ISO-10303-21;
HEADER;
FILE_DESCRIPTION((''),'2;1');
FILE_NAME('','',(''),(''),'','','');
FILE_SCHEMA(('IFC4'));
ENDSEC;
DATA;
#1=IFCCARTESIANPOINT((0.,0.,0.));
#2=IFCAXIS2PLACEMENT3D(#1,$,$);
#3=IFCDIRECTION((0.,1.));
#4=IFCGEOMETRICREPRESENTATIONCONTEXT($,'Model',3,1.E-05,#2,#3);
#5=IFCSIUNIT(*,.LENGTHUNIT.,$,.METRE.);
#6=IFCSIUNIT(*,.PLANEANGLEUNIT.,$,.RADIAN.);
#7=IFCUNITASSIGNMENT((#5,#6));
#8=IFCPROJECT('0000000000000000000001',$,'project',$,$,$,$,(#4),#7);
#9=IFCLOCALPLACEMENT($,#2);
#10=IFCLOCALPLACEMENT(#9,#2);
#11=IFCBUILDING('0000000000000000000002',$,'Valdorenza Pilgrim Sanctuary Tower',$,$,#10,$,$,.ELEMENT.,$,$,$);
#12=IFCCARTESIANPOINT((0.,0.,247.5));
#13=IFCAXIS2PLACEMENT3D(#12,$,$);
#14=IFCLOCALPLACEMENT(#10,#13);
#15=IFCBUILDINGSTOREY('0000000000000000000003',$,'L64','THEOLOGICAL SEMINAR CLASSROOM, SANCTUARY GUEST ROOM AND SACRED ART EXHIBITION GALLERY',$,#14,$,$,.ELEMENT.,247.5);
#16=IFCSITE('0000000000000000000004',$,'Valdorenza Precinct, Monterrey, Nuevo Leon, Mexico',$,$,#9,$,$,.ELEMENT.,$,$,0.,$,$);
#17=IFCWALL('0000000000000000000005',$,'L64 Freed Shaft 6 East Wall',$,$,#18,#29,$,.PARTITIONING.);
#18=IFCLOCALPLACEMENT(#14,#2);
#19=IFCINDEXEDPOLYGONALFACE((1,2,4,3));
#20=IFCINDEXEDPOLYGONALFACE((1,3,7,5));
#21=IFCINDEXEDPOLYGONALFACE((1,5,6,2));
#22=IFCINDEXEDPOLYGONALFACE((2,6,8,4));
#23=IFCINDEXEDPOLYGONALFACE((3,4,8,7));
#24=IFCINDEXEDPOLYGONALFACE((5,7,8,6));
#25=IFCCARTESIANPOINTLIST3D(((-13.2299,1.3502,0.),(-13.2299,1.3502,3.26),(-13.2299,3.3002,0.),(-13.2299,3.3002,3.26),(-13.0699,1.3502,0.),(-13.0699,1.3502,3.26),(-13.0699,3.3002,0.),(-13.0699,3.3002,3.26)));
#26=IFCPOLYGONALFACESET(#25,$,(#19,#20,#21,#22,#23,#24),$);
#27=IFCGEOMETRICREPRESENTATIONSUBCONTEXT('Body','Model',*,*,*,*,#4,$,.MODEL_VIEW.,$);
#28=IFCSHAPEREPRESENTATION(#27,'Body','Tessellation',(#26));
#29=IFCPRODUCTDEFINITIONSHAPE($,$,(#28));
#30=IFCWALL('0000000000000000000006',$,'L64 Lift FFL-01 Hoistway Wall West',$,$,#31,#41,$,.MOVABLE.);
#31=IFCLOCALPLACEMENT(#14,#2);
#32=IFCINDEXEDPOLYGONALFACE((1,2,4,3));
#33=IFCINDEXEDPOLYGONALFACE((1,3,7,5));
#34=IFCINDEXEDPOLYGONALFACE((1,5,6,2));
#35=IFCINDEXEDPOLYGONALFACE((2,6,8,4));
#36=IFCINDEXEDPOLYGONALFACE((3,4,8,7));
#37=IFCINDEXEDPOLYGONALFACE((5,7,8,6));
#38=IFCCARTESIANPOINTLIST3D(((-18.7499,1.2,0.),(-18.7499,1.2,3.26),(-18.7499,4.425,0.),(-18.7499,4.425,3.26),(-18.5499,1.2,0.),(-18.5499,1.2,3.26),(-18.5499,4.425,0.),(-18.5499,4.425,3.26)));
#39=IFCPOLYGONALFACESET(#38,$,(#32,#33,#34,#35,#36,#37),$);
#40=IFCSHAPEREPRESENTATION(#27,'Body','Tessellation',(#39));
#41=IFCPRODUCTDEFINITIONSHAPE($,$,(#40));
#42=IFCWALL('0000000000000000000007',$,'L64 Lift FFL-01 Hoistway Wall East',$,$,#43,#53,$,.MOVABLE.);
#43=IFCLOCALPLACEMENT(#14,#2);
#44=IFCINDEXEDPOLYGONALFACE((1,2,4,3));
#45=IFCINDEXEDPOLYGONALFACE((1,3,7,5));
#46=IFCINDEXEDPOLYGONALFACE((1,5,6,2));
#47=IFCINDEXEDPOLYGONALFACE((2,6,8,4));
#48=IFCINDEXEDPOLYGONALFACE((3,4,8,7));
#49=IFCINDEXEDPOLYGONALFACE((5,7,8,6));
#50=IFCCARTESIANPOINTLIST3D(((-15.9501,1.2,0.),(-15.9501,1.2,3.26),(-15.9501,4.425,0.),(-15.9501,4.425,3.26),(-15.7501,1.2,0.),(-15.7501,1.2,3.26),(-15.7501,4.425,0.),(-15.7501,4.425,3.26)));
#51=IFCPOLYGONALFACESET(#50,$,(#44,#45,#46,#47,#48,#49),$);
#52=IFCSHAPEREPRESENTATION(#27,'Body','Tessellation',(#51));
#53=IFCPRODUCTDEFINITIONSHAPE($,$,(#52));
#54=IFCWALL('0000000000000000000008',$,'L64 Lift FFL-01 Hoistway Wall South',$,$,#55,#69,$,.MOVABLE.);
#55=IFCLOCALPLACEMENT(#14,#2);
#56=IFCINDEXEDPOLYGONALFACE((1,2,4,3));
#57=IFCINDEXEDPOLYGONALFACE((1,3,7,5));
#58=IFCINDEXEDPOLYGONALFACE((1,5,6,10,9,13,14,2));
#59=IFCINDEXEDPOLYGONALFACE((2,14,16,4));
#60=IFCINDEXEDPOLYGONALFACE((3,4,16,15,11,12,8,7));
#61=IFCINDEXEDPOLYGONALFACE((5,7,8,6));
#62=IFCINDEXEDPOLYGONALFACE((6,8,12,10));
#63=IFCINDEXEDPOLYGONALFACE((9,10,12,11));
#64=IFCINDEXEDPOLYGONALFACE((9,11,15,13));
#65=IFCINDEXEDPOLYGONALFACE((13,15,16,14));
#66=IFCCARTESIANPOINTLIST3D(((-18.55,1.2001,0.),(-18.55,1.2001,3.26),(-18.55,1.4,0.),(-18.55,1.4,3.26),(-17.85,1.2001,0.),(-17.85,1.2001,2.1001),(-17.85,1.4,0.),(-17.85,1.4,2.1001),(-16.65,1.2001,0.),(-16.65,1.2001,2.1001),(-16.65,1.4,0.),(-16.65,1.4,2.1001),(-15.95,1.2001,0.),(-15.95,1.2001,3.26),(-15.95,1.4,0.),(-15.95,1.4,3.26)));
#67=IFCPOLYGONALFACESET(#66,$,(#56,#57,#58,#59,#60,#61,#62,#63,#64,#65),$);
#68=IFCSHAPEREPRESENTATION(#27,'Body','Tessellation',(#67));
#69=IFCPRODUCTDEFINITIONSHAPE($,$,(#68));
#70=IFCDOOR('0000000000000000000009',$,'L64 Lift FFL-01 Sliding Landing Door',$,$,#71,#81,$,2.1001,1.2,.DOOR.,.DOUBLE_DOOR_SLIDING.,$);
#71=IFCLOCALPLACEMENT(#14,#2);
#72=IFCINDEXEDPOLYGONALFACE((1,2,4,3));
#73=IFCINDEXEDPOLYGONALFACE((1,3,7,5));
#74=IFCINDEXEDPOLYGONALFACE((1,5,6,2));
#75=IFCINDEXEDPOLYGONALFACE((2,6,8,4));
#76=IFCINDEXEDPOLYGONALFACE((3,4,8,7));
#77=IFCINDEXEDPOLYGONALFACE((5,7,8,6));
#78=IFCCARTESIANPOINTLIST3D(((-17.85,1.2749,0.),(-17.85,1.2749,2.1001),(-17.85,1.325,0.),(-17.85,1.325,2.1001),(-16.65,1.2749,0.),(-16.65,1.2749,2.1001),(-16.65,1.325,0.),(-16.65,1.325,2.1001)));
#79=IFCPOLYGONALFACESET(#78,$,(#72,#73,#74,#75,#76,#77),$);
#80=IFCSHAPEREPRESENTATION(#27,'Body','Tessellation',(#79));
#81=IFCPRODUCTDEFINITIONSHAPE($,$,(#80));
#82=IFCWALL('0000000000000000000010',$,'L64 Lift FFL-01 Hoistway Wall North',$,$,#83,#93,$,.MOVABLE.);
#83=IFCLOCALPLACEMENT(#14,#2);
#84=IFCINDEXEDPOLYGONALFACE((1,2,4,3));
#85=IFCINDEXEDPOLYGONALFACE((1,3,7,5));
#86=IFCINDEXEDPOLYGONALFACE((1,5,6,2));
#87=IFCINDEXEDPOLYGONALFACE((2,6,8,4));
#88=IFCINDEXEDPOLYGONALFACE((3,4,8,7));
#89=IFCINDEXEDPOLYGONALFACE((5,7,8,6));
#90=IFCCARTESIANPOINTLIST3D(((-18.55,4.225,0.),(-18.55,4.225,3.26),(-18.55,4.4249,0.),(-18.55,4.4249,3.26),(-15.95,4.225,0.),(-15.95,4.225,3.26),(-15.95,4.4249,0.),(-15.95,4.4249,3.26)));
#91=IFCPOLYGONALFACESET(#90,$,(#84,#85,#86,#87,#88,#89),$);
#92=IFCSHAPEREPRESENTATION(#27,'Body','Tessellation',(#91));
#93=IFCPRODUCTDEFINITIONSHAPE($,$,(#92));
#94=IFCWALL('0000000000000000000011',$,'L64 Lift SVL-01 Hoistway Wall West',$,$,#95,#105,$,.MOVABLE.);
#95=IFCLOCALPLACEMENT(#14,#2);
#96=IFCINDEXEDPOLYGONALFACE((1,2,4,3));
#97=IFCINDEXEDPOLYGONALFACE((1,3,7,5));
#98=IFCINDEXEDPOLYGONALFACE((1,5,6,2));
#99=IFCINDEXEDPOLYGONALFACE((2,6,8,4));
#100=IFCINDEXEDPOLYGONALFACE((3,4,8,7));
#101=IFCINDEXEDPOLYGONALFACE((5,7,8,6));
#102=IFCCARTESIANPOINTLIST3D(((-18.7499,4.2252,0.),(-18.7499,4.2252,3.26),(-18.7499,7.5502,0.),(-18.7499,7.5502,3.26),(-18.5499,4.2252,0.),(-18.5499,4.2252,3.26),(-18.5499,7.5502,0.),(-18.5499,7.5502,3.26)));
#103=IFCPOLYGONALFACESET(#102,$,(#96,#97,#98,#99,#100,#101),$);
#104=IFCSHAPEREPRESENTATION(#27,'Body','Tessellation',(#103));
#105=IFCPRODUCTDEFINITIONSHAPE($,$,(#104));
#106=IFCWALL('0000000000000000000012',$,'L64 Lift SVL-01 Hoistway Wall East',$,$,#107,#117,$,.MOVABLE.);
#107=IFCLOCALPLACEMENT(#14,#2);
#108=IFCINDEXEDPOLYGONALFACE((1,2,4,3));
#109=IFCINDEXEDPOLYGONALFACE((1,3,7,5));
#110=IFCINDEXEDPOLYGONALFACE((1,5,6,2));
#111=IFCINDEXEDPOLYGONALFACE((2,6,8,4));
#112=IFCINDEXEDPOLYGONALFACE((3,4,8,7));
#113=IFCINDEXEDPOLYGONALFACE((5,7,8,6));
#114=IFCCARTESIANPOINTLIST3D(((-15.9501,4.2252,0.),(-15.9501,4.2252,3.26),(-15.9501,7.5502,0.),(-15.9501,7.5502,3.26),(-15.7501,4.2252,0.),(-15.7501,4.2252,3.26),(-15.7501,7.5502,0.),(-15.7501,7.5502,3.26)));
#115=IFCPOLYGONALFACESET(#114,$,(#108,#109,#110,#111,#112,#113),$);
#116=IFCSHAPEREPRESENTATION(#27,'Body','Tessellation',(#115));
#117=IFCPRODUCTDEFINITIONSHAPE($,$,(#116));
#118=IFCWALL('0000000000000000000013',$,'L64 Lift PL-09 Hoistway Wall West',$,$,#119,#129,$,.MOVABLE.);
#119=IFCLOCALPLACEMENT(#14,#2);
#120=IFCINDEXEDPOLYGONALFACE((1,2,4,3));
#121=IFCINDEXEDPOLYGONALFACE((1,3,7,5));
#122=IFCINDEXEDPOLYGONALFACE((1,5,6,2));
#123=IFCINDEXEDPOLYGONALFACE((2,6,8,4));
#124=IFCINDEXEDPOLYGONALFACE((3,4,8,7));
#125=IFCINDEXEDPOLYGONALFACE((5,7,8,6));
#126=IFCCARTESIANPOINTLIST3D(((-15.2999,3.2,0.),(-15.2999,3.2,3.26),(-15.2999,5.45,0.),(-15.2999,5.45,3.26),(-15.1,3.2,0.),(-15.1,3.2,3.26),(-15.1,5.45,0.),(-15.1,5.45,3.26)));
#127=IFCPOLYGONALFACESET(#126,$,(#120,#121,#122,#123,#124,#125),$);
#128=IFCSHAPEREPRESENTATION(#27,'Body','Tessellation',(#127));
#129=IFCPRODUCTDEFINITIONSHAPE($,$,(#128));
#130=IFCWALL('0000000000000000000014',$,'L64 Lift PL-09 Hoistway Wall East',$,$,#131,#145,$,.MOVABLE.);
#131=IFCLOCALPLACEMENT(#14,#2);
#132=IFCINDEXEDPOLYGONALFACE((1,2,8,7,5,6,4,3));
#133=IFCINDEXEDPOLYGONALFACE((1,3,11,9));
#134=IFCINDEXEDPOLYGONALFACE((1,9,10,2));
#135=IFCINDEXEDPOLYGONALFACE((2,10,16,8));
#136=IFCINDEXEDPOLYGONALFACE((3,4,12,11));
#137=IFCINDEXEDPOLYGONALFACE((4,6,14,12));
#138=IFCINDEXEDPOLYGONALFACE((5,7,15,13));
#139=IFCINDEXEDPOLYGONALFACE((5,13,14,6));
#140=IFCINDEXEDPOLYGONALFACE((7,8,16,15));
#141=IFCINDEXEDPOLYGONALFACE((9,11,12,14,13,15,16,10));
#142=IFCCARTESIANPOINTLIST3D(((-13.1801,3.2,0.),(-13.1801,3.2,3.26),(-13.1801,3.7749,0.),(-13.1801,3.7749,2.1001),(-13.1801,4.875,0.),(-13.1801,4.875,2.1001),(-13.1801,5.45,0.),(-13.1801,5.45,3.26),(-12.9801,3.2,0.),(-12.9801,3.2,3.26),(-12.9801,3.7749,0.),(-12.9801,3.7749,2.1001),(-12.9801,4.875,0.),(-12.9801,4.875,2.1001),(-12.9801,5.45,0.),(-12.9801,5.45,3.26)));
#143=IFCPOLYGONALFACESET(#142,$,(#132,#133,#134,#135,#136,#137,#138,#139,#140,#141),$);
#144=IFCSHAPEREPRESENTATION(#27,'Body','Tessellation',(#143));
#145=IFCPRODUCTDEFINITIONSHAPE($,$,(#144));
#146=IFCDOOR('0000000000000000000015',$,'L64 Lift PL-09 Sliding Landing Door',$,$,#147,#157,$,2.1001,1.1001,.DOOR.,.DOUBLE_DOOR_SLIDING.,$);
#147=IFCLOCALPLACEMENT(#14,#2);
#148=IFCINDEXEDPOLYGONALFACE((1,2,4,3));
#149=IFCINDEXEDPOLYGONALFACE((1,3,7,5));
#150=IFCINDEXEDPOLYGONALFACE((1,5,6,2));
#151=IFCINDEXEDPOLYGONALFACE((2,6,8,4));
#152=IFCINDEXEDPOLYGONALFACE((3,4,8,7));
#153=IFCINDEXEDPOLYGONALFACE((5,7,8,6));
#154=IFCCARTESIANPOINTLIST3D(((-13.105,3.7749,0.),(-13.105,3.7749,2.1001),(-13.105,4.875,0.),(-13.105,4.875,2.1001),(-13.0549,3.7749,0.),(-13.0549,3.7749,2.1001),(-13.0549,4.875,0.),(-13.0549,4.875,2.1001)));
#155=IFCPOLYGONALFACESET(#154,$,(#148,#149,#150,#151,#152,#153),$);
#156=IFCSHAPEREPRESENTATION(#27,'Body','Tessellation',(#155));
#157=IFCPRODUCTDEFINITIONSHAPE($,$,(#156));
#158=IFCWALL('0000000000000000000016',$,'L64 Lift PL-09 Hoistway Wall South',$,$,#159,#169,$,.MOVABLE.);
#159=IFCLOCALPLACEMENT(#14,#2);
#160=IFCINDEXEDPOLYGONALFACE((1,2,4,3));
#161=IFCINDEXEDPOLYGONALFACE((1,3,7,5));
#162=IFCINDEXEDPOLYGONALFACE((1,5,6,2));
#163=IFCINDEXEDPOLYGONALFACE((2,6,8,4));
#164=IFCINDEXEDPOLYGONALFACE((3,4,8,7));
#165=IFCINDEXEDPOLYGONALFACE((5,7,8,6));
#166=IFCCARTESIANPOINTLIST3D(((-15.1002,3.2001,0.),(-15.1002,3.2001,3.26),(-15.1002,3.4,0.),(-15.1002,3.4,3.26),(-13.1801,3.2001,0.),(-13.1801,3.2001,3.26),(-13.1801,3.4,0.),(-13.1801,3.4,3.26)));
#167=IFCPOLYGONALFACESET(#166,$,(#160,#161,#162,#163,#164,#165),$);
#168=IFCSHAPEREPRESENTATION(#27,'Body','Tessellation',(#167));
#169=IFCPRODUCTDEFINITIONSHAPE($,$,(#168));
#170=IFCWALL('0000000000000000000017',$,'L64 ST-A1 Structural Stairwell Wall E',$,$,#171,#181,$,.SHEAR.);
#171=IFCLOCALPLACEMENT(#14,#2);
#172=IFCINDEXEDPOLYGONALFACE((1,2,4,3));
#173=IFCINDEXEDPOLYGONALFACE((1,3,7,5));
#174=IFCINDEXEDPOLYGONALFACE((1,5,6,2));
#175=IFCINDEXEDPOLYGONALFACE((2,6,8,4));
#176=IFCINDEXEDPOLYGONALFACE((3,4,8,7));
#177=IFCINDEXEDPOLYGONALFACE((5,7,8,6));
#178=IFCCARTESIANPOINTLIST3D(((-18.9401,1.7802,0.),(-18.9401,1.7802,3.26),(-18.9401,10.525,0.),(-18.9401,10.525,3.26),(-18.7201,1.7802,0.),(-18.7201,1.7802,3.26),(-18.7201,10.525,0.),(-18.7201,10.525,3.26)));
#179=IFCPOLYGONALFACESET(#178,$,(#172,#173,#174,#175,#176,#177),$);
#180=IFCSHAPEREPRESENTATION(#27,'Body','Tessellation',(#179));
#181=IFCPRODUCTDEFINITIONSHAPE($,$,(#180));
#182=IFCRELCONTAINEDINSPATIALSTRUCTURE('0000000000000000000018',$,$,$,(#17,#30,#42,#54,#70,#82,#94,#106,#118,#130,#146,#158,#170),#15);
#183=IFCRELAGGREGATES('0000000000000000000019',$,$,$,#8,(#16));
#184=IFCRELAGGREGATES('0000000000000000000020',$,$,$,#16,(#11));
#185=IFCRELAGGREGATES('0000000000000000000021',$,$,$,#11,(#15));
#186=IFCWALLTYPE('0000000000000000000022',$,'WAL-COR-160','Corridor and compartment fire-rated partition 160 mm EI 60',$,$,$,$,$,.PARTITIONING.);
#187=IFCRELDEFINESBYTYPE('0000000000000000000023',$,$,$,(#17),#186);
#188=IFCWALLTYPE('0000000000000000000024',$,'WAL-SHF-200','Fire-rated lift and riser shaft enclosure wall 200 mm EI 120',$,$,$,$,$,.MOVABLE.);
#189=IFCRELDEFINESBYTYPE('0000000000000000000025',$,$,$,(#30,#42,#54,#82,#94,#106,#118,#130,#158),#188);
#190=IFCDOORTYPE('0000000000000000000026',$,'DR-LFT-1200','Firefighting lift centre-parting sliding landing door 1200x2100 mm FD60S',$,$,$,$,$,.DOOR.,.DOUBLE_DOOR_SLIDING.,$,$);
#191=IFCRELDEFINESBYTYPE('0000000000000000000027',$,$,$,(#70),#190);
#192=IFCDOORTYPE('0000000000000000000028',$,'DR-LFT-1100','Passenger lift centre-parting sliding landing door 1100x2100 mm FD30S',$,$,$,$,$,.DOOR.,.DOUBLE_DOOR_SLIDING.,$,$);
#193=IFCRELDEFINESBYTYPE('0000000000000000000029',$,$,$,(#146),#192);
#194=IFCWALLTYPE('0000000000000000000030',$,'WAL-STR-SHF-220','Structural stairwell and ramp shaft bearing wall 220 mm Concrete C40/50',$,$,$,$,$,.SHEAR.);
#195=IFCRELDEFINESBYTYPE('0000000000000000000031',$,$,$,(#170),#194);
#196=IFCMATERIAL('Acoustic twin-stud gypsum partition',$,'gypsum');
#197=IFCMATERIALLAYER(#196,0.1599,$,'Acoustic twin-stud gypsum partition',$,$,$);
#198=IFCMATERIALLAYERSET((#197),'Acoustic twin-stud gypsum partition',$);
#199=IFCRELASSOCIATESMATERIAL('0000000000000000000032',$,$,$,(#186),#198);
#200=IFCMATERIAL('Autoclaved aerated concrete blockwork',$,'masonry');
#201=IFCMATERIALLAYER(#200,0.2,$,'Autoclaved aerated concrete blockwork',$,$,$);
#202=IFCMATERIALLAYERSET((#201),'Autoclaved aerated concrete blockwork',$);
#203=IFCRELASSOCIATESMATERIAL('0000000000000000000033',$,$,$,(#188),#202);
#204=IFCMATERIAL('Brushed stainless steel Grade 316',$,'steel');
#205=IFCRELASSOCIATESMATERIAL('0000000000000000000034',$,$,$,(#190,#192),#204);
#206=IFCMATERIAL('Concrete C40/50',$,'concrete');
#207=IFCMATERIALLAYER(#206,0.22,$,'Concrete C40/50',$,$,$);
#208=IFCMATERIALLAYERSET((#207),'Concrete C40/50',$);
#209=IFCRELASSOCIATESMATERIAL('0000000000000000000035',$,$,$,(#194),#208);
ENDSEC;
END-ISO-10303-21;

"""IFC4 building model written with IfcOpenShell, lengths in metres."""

from ifc_helpers import new_model, si_unit, direction, frame, frame_2d, origin, place, context, subcontext, project, spatial, rectangle, extrude, material, layer, layer_set, type_object, element, fill, save


model = new_model("IFC4")

# Units and contexts
model_context = context("Model", 3, precision=1e-05, world=origin(), true_north=direction((0.0, 1.0)))
body_context = subcontext(model_context, "Body", "Model", "MODEL_VIEW")
ifc_project = project(units=[si_unit("LENGTHUNIT", "METRE"), si_unit("PLANEANGLEUNIT", "RADIAN")], contexts=[model_context])

# Site, building, storey
site_placement = place(None, origin())
site = spatial("IfcSite", under=ifc_project, at=site_placement, Name="Valdorenza Precinct, Monterrey, Nuevo Leon, Mexico", CompositionType="ELEMENT", RefElevation=0.0)
building_placement = place(site_placement, origin())
building = spatial("IfcBuilding", under=site, at=building_placement, Name="Valdorenza Pilgrim Sanctuary Tower", CompositionType="ELEMENT")
storey_placement = place(building_placement, frame((0.0, 0.0, 247.5)))
storey = spatial("IfcBuildingStorey", under=building, at=storey_placement, Name="L64", Description="THEOLOGICAL SEMINAR CLASSROOM, SANCTUARY GUEST ROOM AND SACRED ART EXHIBITION GALLERY", CompositionType="ELEMENT", Elevation=247.5)

# Walls
ifc_material_1 = material(Name="Acoustic twin-stud gypsum partition", Category="gypsum")
ifc_layer_1 = layer(ifc_material_1, 0.1599, Name="Acoustic twin-stud gypsum partition")
ifc_layer_set_1 = layer_set([ifc_layer_1], Name="Acoustic twin-stud gypsum partition")
wall_type_1 = type_object("IfcWallType", Name="WAL-COR-160", Description="Corridor and compartment fire-rated partition 160 mm EI 60", PredefinedType="PARTITIONING", material=ifc_layer_set_1)
wall_1_placement = place(storey_placement, frame((-13.1499, 1.3501, 0.0), z_axis=(0.0, 0.0, 1.0), x_axis=(0.0, 1.0, 0.0)))
element("IfcWall", 1, at=wall_1_placement, inside=storey, type_object=wall_type_1, Name="L64 Freed Shaft 6 East Wall", PredefinedType="PARTITIONING", context=body_context, shape_type="SweptSolid", body=[
    extrude(rectangle(XDim=1.95, YDim=0.1599, at=frame_2d((0.9751, 0.0))), origin(), (0.0, 0.0, 1.0), 3.26),
])
ifc_material_2 = material(Name="Autoclaved aerated concrete blockwork", Category="masonry")
ifc_layer_2 = layer(ifc_material_2, 0.2, Name="Autoclaved aerated concrete blockwork")
ifc_layer_set_2 = layer_set([ifc_layer_2], Name="Autoclaved aerated concrete blockwork")
wall_type_2 = type_object("IfcWallType", Name="WAL-SHF-200", Description="Fire-rated lift and riser shaft enclosure wall 200 mm EI 120", PredefinedType="MOVABLE", material=ifc_layer_set_2)
for number, where, z_axis, x_axis, name in (
    (2, (-18.6499, 1.2, 0.0), (0.0, 0.0, 1.0), (0.0, 1.0, 0.0), "L64 Lift FFL-01 Hoistway Wall West"),
    (3, (-15.8501, 1.2, 0.0), (0.0, 0.0, 1.0), (0.0, 1.0, 0.0), "L64 Lift FFL-01 Hoistway Wall East"),
):
    element("IfcWall", number, at=place(storey_placement, frame(where, z_axis=z_axis, x_axis=x_axis)), inside=storey, type_object=wall_type_2, Name=name, PredefinedType="MOVABLE", context=body_context, shape_type="SweptSolid", body=[
        extrude(rectangle(XDim=3.2251, YDim=0.2, at=frame_2d((1.6125, 0.0))), origin(), (0.0, 0.0, 1.0), 3.26),
    ])

# Wall, opening, door
wall_2_placement = place(storey_placement, frame((-18.55, 1.3, 0.0), z_axis=(0.0, 0.0, 1.0), x_axis=(1.0, 0.0, 0.0)))
wall_2 = element("IfcWall", 4, at=wall_2_placement, inside=storey, type_object=wall_type_2, Name="L64 Lift FFL-01 Hoistway Wall South", PredefinedType="MOVABLE", context=body_context, shape_type="SweptSolid", body=[
    extrude(rectangle(XDim=2.6001, YDim=0.2, at=frame_2d((1.3, 0.0))), origin(), (0.0, 0.0, 1.0), 3.26),
])
opening_1_placement = place(wall_2_placement, frame((0.7, 0.0, 0.0)))
opening_1 = element("IfcOpeningElement", 5, at=opening_1_placement, cuts=wall_2, PredefinedType="OPENING", context=body_context, shape_type="SweptSolid", body=[
    extrude(rectangle(XDim=1.2, YDim=2.1001, at=frame_2d((0.6001, 1.05))), frame((0.0, 0.1147, 0.0), z_axis=(0.0, -1.0, 0.0), x_axis=(1.0, 0.0, 0.0)), (0.0, 0.0, 1.0), 0.2297),
])
ifc_material_3 = material(Name="Brushed stainless steel Grade 316", Category="steel")
door_type_1 = type_object("IfcDoorType", Name="DR-LFT-1200", Description="Firefighting lift centre-parting sliding landing door 1200x2100 mm FD60S", OperationType="DOUBLE_DOOR_SLIDING", PredefinedType="DOOR", material=ifc_material_3)
door_1_placement = place(opening_1_placement, origin())
door_1 = element("IfcDoor", 6, at=door_1_placement, inside=storey, type_object=door_type_1, Name="L64 Lift FFL-01 Sliding Landing Door", OperationType="DOUBLE_DOOR_SLIDING", OverallHeight=2.1001, OverallWidth=1.2, PredefinedType="DOOR", context=body_context, shape_type="SweptSolid", body=[
    extrude(rectangle(XDim=1.2, YDim=2.1001, at=frame_2d((0.6001, 1.05))), frame((0.0, 0.0249, 0.0), z_axis=(0.0, -1.0, 0.0), x_axis=(1.0, 0.0, 0.0)), (0.0, 0.0, 1.0), 0.05),
])
fill(opening_1, door_1)

# Walls
wall_3_placement = place(storey_placement, frame((-18.55, 4.325, 0.0), z_axis=(0.0, 0.0, 1.0), x_axis=(1.0, 0.0, 0.0)))
element("IfcWall", 7, at=wall_3_placement, inside=storey, type_object=wall_type_2, Name="L64 Lift FFL-01 Hoistway Wall North", PredefinedType="MOVABLE", context=body_context, shape_type="SweptSolid", body=[
    extrude(rectangle(XDim=2.6001, YDim=0.2, at=frame_2d((1.3, 0.0))), origin(), (0.0, 0.0, 1.0), 3.26),
])
for number, where, z_axis, x_axis, name in (
    (8, (-18.6499, 4.2251, 0.0), (0.0, 0.0, 1.0), (0.0, 1.0, 0.0), "L64 Lift SVL-01 Hoistway Wall West"),
    (9, (-15.8501, 4.2251, 0.0), (0.0, 0.0, 1.0), (0.0, 1.0, 0.0), "L64 Lift SVL-01 Hoistway Wall East"),
):
    element("IfcWall", number, at=place(storey_placement, frame(where, z_axis=z_axis, x_axis=x_axis)), inside=storey, type_object=wall_type_2, Name=name, PredefinedType="MOVABLE", context=body_context, shape_type="SweptSolid", body=[
        extrude(rectangle(XDim=3.325, YDim=0.2, at=frame_2d((1.6626, 0.0))), origin(), (0.0, 0.0, 1.0), 3.26),
    ])
wall_4_placement = place(storey_placement, frame((-15.2, 3.2, 0.0), z_axis=(0.0, 0.0, 1.0), x_axis=(0.0, 1.0, 0.0)))
element("IfcWall", 10, at=wall_4_placement, inside=storey, type_object=wall_type_2, Name="L64 Lift PL-09 Hoistway Wall West", PredefinedType="MOVABLE", context=body_context, shape_type="SweptSolid", body=[
    extrude(rectangle(XDim=2.25, YDim=0.2, at=frame_2d((1.125, 0.0))), origin(), (0.0, 0.0, 1.0), 3.26),
])

# Wall, opening, door
wall_5_placement = place(storey_placement, frame((-13.0801, 3.2, 0.0), z_axis=(0.0, 0.0, 1.0), x_axis=(0.0, 1.0, 0.0)))
wall_5 = element("IfcWall", 11, at=wall_5_placement, inside=storey, type_object=wall_type_2, Name="L64 Lift PL-09 Hoistway Wall East", PredefinedType="MOVABLE", context=body_context, shape_type="SweptSolid", body=[
    extrude(rectangle(XDim=2.25, YDim=0.2, at=frame_2d((1.125, 0.0))), origin(), (0.0, 0.0, 1.0), 3.26),
])
opening_2_placement = place(wall_5_placement, frame((0.575, 0.0, 0.0)))
opening_2 = element("IfcOpeningElement", 12, at=opening_2_placement, cuts=wall_5, PredefinedType="OPENING", context=body_context, shape_type="SweptSolid", body=[
    extrude(rectangle(XDim=1.1001, YDim=2.1001, at=frame_2d((0.55, 1.05))), frame((0.0, 0.1147, 0.0), z_axis=(0.0, -1.0, 0.0), x_axis=(1.0, 0.0, 0.0)), (0.0, 0.0, 1.0), 0.2297),
])
door_type_2 = type_object("IfcDoorType", Name="DR-LFT-1100", Description="Passenger lift centre-parting sliding landing door 1100x2100 mm FD30S", OperationType="DOUBLE_DOOR_SLIDING", PredefinedType="DOOR", material=ifc_material_3)
door_2_placement = place(opening_2_placement, origin())
door_2 = element("IfcDoor", 13, at=door_2_placement, inside=storey, type_object=door_type_2, Name="L64 Lift PL-09 Sliding Landing Door", OperationType="DOUBLE_DOOR_SLIDING", OverallHeight=2.1001, OverallWidth=1.1001, PredefinedType="DOOR", context=body_context, shape_type="SweptSolid", body=[
    extrude(rectangle(XDim=1.1001, YDim=2.1001, at=frame_2d((0.55, 1.05))), frame((0.0, 0.0249, 0.0), z_axis=(0.0, -1.0, 0.0), x_axis=(1.0, 0.0, 0.0)), (0.0, 0.0, 1.0), 0.05),
])
fill(opening_2, door_2)

# Walls
wall_6_placement = place(storey_placement, frame((-15.1001, 3.3, 0.0), z_axis=(0.0, 0.0, 1.0), x_axis=(1.0, 0.0, 0.0)))
element("IfcWall", 14, at=wall_6_placement, inside=storey, type_object=wall_type_2, Name="L64 Lift PL-09 Hoistway Wall South", PredefinedType="MOVABLE", context=body_context, shape_type="SweptSolid", body=[
    extrude(rectangle(XDim=1.9202, YDim=0.2, at=frame_2d((0.96, 0.0))), origin(), (0.0, 0.0, 1.0), 3.26),
])
ifc_material_4 = material(Name="Concrete C40/50", Category="concrete")
ifc_layer_3 = layer(ifc_material_4, 0.22, Name="Concrete C40/50")
ifc_layer_set_3 = layer_set([ifc_layer_3], Name="Concrete C40/50")
wall_type_3 = type_object("IfcWallType", Name="WAL-STR-SHF-220", Description="Structural stairwell and ramp shaft bearing wall 220 mm Concrete C40/50", PredefinedType="SHEAR", material=ifc_layer_set_3)
wall_7_placement = place(storey_placement, frame((-18.8301, 1.78, 0.0), z_axis=(0.0, 0.0, 1.0), x_axis=(0.0, 1.0, 0.0)))
element("IfcWall", 15, at=wall_7_placement, inside=storey, type_object=wall_type_3, Name="L64 ST-A1 Structural Stairwell Wall E", PredefinedType="SHEAR", context=body_context, shape_type="SweptSolid", body=[
    extrude(rectangle(XDim=8.7449, YDim=0.22, at=frame_2d((4.3726, 0.0))), origin(), (0.0, 0.0, 1.0), 3.26),
])

save(model, "model.ifc")
